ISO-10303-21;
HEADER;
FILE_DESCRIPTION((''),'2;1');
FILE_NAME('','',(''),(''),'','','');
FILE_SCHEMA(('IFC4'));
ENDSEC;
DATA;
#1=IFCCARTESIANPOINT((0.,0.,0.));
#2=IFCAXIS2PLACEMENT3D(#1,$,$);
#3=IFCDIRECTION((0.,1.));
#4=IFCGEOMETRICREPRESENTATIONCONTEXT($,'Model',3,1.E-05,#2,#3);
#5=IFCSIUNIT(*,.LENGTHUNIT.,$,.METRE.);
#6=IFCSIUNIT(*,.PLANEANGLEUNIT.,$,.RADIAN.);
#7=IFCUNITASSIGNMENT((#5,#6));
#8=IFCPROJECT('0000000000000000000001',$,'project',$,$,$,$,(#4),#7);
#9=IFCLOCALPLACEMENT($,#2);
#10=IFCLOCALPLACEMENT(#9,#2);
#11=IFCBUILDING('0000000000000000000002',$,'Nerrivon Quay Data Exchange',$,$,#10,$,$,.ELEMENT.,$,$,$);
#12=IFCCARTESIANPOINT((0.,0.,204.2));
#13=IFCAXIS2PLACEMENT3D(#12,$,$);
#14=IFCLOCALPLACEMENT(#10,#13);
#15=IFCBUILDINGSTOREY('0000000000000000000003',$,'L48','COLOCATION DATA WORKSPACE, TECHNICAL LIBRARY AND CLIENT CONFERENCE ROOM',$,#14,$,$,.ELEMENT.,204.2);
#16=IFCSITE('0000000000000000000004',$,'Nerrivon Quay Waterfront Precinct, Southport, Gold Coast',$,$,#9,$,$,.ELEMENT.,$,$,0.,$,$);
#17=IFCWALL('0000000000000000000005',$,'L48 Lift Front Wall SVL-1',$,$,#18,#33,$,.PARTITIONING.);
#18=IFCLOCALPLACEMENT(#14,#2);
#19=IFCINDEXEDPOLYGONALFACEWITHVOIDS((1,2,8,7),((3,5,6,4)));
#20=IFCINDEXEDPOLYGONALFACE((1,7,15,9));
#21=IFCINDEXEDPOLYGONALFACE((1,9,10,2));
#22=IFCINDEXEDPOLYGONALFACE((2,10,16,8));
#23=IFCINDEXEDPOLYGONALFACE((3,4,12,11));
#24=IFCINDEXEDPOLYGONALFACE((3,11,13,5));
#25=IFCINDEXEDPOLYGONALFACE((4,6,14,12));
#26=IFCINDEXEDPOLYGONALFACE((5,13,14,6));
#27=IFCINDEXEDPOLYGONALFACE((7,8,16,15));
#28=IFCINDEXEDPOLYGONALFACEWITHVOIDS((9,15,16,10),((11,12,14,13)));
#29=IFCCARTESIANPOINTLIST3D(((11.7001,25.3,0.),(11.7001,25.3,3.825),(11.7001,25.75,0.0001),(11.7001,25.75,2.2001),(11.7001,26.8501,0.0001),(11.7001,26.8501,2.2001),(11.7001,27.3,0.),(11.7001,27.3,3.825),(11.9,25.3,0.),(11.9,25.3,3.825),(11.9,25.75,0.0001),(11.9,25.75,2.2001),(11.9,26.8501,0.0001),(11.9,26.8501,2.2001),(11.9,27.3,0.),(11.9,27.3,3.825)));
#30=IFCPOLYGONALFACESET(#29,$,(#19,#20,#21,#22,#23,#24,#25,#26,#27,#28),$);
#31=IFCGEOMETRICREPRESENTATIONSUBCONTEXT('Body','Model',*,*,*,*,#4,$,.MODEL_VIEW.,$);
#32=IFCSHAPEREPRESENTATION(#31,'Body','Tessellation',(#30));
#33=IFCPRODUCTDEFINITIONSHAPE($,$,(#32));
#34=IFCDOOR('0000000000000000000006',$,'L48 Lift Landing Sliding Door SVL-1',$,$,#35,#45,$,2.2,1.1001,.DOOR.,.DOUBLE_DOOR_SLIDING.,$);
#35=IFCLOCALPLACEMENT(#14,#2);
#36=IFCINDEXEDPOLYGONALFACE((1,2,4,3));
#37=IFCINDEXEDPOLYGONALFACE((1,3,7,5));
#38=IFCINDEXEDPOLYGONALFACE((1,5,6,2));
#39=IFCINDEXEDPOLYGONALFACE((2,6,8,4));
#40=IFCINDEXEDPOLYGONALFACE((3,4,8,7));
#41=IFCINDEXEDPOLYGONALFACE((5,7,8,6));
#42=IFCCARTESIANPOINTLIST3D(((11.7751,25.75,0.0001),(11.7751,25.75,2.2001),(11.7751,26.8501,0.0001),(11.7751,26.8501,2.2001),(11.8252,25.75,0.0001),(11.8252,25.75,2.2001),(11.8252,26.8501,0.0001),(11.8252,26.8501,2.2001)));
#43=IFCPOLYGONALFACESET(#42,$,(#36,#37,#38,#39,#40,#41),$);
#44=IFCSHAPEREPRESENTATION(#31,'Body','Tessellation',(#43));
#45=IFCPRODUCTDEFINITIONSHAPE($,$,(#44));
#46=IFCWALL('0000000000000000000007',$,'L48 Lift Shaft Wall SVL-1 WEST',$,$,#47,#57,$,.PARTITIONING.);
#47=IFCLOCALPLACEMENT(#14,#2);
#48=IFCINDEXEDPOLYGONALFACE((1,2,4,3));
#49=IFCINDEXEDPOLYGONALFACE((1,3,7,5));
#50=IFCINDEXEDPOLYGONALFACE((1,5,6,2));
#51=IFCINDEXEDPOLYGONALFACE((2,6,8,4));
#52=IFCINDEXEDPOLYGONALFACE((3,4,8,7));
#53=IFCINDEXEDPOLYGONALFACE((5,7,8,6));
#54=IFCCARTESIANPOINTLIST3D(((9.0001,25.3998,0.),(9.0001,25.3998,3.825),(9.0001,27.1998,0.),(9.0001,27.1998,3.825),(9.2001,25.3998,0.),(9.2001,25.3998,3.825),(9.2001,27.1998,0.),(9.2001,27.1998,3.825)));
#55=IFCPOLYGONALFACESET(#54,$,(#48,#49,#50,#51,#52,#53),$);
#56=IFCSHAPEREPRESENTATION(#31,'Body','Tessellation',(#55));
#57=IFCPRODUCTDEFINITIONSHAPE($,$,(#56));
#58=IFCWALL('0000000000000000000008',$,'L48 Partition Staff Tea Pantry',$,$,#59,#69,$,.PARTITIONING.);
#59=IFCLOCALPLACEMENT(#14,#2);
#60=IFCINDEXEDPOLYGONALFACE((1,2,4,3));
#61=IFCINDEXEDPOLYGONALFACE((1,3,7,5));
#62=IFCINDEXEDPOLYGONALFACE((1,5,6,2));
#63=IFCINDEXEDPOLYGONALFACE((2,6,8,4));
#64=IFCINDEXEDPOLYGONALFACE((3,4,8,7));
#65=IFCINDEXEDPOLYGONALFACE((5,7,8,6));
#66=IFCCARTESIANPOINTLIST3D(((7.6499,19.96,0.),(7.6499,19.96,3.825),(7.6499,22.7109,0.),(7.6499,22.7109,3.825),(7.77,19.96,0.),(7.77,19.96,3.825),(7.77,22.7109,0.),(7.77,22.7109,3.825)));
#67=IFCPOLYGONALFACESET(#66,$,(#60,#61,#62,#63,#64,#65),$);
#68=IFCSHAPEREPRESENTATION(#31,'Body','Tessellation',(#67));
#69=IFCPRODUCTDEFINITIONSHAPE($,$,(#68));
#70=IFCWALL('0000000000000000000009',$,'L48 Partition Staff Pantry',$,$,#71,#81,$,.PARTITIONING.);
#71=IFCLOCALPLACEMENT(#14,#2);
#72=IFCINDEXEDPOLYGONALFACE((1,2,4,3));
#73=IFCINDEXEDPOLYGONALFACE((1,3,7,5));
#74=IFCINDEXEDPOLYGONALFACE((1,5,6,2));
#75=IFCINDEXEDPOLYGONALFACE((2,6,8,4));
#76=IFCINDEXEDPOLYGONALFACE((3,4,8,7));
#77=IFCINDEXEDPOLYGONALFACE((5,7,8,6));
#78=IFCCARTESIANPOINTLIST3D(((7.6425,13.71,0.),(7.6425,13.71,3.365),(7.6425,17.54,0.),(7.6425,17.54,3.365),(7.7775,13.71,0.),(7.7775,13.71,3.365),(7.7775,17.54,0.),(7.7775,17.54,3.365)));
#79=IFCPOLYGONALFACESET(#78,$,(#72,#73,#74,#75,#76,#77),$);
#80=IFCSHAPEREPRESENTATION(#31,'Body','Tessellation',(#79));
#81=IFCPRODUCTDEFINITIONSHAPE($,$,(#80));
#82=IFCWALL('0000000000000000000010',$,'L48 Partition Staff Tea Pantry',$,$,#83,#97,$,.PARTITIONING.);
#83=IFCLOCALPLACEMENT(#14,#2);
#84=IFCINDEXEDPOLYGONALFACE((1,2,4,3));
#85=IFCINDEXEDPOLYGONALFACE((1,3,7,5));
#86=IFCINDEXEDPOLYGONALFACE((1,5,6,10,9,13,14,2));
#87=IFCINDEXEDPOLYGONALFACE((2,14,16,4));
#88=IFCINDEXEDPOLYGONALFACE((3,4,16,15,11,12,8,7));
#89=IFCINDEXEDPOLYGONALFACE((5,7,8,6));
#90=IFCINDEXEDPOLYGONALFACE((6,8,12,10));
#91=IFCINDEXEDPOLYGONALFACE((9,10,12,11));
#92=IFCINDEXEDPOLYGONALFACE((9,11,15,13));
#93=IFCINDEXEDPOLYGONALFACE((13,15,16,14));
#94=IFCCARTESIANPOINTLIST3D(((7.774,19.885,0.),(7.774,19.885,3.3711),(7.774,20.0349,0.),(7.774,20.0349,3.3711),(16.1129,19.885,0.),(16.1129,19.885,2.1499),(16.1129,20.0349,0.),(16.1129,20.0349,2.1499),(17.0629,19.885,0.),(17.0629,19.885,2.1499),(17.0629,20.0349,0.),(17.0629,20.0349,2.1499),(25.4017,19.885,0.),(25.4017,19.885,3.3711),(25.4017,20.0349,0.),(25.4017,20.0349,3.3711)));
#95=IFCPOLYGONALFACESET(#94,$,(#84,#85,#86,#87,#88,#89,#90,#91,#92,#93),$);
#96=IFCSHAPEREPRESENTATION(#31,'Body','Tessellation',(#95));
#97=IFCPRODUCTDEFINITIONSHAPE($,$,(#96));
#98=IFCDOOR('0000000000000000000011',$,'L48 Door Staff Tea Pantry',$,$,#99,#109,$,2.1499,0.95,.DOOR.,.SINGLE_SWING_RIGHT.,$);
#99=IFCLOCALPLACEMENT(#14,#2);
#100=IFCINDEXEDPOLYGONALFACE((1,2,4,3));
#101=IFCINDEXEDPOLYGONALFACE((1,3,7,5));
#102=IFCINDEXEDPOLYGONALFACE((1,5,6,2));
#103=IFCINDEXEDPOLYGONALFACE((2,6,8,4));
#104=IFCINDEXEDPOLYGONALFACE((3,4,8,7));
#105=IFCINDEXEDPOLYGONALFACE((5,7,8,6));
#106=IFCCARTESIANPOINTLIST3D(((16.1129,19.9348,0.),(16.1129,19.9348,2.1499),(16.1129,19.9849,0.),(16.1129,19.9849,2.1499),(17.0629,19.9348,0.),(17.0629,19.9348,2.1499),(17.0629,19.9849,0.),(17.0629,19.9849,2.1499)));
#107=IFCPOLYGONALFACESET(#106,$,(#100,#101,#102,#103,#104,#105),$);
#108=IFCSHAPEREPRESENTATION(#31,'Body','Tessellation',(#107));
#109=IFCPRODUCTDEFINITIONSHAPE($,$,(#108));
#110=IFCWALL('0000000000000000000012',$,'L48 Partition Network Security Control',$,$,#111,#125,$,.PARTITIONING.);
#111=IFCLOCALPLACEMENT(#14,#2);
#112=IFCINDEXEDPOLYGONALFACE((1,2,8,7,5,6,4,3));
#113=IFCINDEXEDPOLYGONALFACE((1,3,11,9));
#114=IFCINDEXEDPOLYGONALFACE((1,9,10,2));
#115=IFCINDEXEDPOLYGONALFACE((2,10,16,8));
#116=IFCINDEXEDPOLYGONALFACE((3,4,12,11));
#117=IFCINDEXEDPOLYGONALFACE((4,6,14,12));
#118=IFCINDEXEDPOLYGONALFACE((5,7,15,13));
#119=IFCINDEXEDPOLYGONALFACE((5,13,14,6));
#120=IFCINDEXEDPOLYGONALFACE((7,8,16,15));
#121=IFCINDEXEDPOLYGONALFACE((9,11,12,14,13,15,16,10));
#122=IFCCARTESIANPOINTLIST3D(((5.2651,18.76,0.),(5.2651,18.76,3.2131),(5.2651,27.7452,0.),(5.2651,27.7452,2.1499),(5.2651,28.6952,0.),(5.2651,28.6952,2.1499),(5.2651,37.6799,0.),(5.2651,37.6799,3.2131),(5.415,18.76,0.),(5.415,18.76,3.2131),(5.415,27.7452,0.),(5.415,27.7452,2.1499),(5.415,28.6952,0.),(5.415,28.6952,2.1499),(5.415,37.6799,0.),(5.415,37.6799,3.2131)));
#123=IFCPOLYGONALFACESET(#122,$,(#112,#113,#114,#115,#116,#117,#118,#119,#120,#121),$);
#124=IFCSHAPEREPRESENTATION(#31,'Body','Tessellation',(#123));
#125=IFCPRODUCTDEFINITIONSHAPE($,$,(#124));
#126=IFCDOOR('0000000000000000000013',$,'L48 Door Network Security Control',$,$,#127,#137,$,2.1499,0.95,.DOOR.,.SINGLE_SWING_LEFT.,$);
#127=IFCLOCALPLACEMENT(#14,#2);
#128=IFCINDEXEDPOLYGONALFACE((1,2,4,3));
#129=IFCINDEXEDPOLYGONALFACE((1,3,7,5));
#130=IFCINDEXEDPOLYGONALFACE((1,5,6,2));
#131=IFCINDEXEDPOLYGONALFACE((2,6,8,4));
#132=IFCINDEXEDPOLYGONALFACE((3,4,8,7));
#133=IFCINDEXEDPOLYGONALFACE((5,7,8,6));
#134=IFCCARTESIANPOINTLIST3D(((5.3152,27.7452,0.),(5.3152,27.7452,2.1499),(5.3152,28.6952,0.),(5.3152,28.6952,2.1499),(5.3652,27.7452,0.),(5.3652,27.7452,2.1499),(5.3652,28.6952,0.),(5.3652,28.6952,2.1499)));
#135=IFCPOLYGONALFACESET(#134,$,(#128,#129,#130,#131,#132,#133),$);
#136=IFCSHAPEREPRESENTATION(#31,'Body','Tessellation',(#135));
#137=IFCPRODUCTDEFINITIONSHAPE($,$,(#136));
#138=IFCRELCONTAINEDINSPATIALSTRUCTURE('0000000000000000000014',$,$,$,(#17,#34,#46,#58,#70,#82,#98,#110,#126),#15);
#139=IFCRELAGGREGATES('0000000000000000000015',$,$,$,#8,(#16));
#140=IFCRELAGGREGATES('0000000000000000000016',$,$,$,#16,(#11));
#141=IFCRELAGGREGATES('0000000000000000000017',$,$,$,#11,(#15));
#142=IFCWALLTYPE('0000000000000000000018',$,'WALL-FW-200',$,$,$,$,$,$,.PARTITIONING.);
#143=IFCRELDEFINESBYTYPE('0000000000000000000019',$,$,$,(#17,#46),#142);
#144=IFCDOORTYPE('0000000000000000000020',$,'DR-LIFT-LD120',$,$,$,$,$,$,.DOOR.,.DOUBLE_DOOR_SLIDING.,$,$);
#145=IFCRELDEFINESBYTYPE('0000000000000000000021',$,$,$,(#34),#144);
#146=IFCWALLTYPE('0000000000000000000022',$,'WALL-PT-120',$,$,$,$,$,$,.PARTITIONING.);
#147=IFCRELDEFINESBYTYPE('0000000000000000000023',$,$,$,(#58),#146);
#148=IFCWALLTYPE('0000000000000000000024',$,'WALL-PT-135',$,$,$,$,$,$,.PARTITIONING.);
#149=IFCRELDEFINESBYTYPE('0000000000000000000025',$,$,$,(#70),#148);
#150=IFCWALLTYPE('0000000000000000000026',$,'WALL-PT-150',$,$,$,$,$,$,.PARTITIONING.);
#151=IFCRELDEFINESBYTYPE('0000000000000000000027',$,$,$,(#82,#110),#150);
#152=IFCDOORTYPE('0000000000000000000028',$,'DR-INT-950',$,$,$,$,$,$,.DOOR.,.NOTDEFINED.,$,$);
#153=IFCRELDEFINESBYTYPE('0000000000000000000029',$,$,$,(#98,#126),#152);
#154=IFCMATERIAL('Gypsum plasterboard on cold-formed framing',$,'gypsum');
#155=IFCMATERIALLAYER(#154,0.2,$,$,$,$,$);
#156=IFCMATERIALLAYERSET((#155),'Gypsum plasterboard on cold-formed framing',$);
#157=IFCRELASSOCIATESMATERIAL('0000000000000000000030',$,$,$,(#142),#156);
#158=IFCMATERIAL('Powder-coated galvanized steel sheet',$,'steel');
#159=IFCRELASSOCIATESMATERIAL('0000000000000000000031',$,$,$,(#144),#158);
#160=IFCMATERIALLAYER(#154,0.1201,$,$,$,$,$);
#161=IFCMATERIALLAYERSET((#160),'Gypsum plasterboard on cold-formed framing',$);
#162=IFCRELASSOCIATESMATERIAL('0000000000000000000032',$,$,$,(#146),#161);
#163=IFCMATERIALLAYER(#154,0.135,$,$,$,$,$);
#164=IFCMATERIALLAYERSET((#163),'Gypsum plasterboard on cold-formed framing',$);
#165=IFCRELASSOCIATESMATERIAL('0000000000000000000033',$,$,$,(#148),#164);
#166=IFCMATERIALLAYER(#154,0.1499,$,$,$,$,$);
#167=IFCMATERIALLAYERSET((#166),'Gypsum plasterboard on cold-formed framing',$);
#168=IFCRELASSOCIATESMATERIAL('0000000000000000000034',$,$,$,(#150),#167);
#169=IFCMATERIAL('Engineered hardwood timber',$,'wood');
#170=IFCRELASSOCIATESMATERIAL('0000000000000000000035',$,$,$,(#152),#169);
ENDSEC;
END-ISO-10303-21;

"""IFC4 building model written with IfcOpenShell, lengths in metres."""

from ifc_helpers import new_model, si_unit, direction, frame, frame_2d, origin, place, context, subcontext, project, spatial, rectangle, extrude, material, layer, layer_set, type_object, element, fill, save


model = new_model("IFC4")

# Units and contexts
model_context = context("Model", 3, precision=1e-05, world=origin(), true_north=direction((0.0, 1.0)))
body_context = subcontext(model_context, "Body", "Model", "MODEL_VIEW")
ifc_project = project(units=[si_unit("LENGTHUNIT", "METRE"), si_unit("PLANEANGLEUNIT", "RADIAN")], contexts=[model_context])

# Site, building, storey
site_placement = place(None, origin())
site = spatial("IfcSite", under=ifc_project, at=site_placement, Name="Nerrivon Quay Waterfront Precinct, Southport, Gold Coast", CompositionType="ELEMENT", RefElevation=0.0)
building_placement = place(site_placement, origin())
building = spatial("IfcBuilding", under=site, at=building_placement, Name="Nerrivon Quay Data Exchange", CompositionType="ELEMENT")
storey_placement = place(building_placement, frame((0.0, 0.0, 204.2)))
storey = spatial("IfcBuildingStorey", under=building, at=storey_placement, Name="L48", Description="COLOCATION DATA WORKSPACE, TECHNICAL LIBRARY AND CLIENT CONFERENCE ROOM", CompositionType="ELEMENT", Elevation=204.2)

# Shared definitions
ifc_material_1 = material(Name="Powder-coated galvanized steel sheet", Category="steel")

# Shared definitions
ifc_material_2 = material(Name="Gypsum plasterboard on cold-formed framing", Category="gypsum")
ifc_layer_1 = layer(ifc_material_2, 0.2)
ifc_layer_set_1 = layer_set([ifc_layer_1], Name="Gypsum plasterboard on cold-formed framing")
wall_type_1 = type_object("IfcWallType", Name="WALL-FW-200", PredefinedType="PARTITIONING", material=ifc_layer_set_1)

# Wall, opening, door
wall_1_placement = place(storey_placement, frame((11.8, 25.3, 0.0), z_axis=(0.0, 0.0, 1.0), x_axis=(0.0, 1.0, 0.0)))
wall_1 = element("IfcWall", 1, at=wall_1_placement, inside=storey, type_object=wall_type_1, Name="L48 Lift Front Wall SVL-1", PredefinedType="PARTITIONING", context=body_context, shape_type="SweptSolid", body=[
    extrude(rectangle(XDim=2.0, YDim=0.2, at=frame_2d((1.0, 0.0))), origin(), (0.0, 0.0, 1.0), 3.825),
])
opening_1_placement = place(wall_1_placement, frame((0.45, 0.0, 0.0)))
opening_1 = element("IfcOpeningElement", 2, at=opening_1_placement, cuts=wall_1, PredefinedType="OPENING", context=body_context, shape_type="SweptSolid", body=[
    extrude(rectangle(XDim=1.1001, YDim=2.2, at=frame_2d((0.55, 1.1001))), frame((0.0, 0.1099, 0.0), z_axis=(0.0, -1.0, 0.0), x_axis=(1.0, 0.0, 0.0)), (0.0, 0.0, 1.0), 0.22),
])
door_type_1 = type_object("IfcDoorType", Name="DR-LIFT-LD120", OperationType="DOUBLE_DOOR_SLIDING", PredefinedType="DOOR", material=ifc_material_1)
door_1_placement = place(opening_1_placement, origin())
door_1 = element("IfcDoor", 3, at=door_1_placement, inside=storey, type_object=door_type_1, Name="L48 Lift Landing Sliding Door SVL-1", OperationType="DOUBLE_DOOR_SLIDING", OverallHeight=2.2, OverallWidth=1.1001, PredefinedType="DOOR", context=body_context, shape_type="SweptSolid", body=[
    extrude(rectangle(XDim=1.1001, YDim=2.2, at=frame_2d((0.55, 1.1001))), frame((0.0, 0.0249, 0.0), z_axis=(0.0, -1.0, 0.0), x_axis=(1.0, 0.0, 0.0)), (0.0, 0.0, 1.0), 0.05),
])
fill(opening_1, door_1)

# Walls
wall_2_placement = place(storey_placement, frame((9.1001, 25.3999, 0.0), z_axis=(0.0, 0.0, 1.0), x_axis=(0.0, 1.0, 0.0)))
element("IfcWall", 4, at=wall_2_placement, inside=storey, type_object=wall_type_1, Name="L48 Lift Shaft Wall SVL-1 WEST", PredefinedType="PARTITIONING", context=body_context, shape_type="SweptSolid", body=[
    extrude(rectangle(XDim=1.8, YDim=0.2, at=frame_2d((0.8999, 0.0))), origin(), (0.0, 0.0, 1.0), 3.825),
])
ifc_layer_2 = layer(ifc_material_2, 0.1201)
ifc_layer_set_2 = layer_set([ifc_layer_2], Name="Gypsum plasterboard on cold-formed framing")
wall_type_2 = type_object("IfcWallType", Name="WALL-PT-120", PredefinedType="PARTITIONING", material=ifc_layer_set_2)
wall_3_placement = place(storey_placement, frame((7.71, 22.7109, 0.0), z_axis=(0.0, 0.0, 1.0), x_axis=(0.0, -1.0, 0.0)))
element("IfcWall", 5, at=wall_3_placement, inside=storey, type_object=wall_type_2, Name="L48 Partition Staff Tea Pantry", PredefinedType="PARTITIONING", context=body_context, shape_type="SweptSolid", body=[
    extrude(rectangle(XDim=2.751, YDim=0.1201, at=frame_2d((1.3755, 0.0))), origin(), (0.0, 0.0, 1.0), 3.825),
])
ifc_layer_3 = layer(ifc_material_2, 0.135)
ifc_layer_set_3 = layer_set([ifc_layer_3], Name="Gypsum plasterboard on cold-formed framing")
wall_type_3 = type_object("IfcWallType", Name="WALL-PT-135", PredefinedType="PARTITIONING", material=ifc_layer_set_3)
wall_4_placement = place(storey_placement, frame((7.71, 17.54, 0.0), z_axis=(0.0, 0.0, 1.0), x_axis=(0.0, -1.0, 0.0)))
element("IfcWall", 6, at=wall_4_placement, inside=storey, type_object=wall_type_3, Name="L48 Partition Staff Pantry", PredefinedType="PARTITIONING", context=body_context, shape_type="SweptSolid", body=[
    extrude(rectangle(XDim=3.8301, YDim=0.135, at=frame_2d((1.915, 0.0))), origin(), (0.0, 0.0, 1.0), 3.365),
])

# Walls, openings, doors
ifc_layer_4 = layer(ifc_material_2, 0.1499)
ifc_layer_set_4 = layer_set([ifc_layer_4], Name="Gypsum plasterboard on cold-formed framing")
wall_type_4 = type_object("IfcWallType", Name="WALL-PT-150", PredefinedType="PARTITIONING", material=ifc_layer_set_4)
wall_5_placement = place(storey_placement, frame((7.7739, 19.96, 0.0), z_axis=(0.0, 0.0, 1.0), x_axis=(1.0, 0.0, 0.0)))
wall_5 = element("IfcWall", 7, at=wall_5_placement, inside=storey, type_object=wall_type_4, Name="L48 Partition Staff Tea Pantry", PredefinedType="PARTITIONING", context=body_context, shape_type="SweptSolid", body=[
    extrude(rectangle(XDim=17.6277, YDim=0.1499, at=frame_2d((8.814, 0.0))), origin(), (0.0, 0.0, 1.0), 3.3711),
])
opening_2_placement = place(wall_5_placement, frame((8.3389, 0.0, 0.0)))
opening_2 = element("IfcOpeningElement", 8, at=opening_2_placement, cuts=wall_5, PredefinedType="OPENING", context=body_context, shape_type="SweptSolid", body=[
    extrude(rectangle(XDim=0.95, YDim=2.1499, at=frame_2d((0.4751, 1.075))), frame((0.0, 0.085, 0.0), z_axis=(0.0, -1.0, 0.0), x_axis=(1.0, 0.0, 0.0)), (0.0, 0.0, 1.0), 0.1699),
])
ifc_material_3 = material(Name="Engineered hardwood timber", Category="wood")
door_type_2 = type_object("IfcDoorType", Name="DR-INT-950", OperationType="NOTDEFINED", PredefinedType="DOOR", material=ifc_material_3)
door_2_placement = place(opening_2_placement, origin())
door_2 = element("IfcDoor", 9, at=door_2_placement, inside=storey, type_object=door_type_2, Name="L48 Door Staff Tea Pantry", OperationType="SINGLE_SWING_RIGHT", OverallHeight=2.1499, OverallWidth=0.95, PredefinedType="DOOR", context=body_context, shape_type="SweptSolid", body=[
    extrude(rectangle(XDim=0.95, YDim=2.1499, at=frame_2d((0.4751, 1.075))), frame((0.0, 0.0249, 0.0), z_axis=(0.0, -1.0, 0.0), x_axis=(1.0, 0.0, 0.0)), (0.0, 0.0, 1.0), 0.05),
])
fill(opening_2, door_2)
wall_6_placement = place(storey_placement, frame((5.3401, 18.76, 0.0), z_axis=(0.0, 0.0, 1.0), x_axis=(0.0, 1.0, 0.0)))
wall_6 = element("IfcWall", 10, at=wall_6_placement, inside=storey, type_object=wall_type_4, Name="L48 Partition Network Security Control", PredefinedType="PARTITIONING", context=body_context, shape_type="SweptSolid", body=[
    extrude(rectangle(XDim=18.9199, YDim=0.1499, at=frame_2d((9.46, 0.0))), origin(), (0.0, 0.0, 1.0), 3.2131),
])
opening_3_placement = place(wall_6_placement, frame((8.9851, 0.0, 0.0)))
opening_3 = element("IfcOpeningElement", 11, at=opening_3_placement, cuts=wall_6, PredefinedType="OPENING", context=body_context, shape_type="SweptSolid", body=[
    extrude(rectangle(XDim=0.95, YDim=2.1499, at=frame_2d((0.4751, 1.075))), frame((0.0, 0.085, 0.0), z_axis=(0.0, -1.0, 0.0), x_axis=(1.0, 0.0, 0.0)), (0.0, 0.0, 1.0), 0.1699),
])
door_3_placement = place(opening_3_placement, origin())
door_3 = element("IfcDoor", 12, at=door_3_placement, inside=storey, type_object=door_type_2, Name="L48 Door Network Security Control", OperationType="SINGLE_SWING_LEFT", OverallHeight=2.1499, OverallWidth=0.95, PredefinedType="DOOR", context=body_context, shape_type="SweptSolid", body=[
    extrude(rectangle(XDim=0.95, YDim=2.1499, at=frame_2d((0.4751, 1.075))), frame((0.0, 0.0249, 0.0), z_axis=(0.0, -1.0, 0.0), x_axis=(1.0, 0.0, 0.0)), (0.0, 0.0, 1.0), 0.05),
])
fill(opening_3, door_3)

save(model, "model.ifc")
